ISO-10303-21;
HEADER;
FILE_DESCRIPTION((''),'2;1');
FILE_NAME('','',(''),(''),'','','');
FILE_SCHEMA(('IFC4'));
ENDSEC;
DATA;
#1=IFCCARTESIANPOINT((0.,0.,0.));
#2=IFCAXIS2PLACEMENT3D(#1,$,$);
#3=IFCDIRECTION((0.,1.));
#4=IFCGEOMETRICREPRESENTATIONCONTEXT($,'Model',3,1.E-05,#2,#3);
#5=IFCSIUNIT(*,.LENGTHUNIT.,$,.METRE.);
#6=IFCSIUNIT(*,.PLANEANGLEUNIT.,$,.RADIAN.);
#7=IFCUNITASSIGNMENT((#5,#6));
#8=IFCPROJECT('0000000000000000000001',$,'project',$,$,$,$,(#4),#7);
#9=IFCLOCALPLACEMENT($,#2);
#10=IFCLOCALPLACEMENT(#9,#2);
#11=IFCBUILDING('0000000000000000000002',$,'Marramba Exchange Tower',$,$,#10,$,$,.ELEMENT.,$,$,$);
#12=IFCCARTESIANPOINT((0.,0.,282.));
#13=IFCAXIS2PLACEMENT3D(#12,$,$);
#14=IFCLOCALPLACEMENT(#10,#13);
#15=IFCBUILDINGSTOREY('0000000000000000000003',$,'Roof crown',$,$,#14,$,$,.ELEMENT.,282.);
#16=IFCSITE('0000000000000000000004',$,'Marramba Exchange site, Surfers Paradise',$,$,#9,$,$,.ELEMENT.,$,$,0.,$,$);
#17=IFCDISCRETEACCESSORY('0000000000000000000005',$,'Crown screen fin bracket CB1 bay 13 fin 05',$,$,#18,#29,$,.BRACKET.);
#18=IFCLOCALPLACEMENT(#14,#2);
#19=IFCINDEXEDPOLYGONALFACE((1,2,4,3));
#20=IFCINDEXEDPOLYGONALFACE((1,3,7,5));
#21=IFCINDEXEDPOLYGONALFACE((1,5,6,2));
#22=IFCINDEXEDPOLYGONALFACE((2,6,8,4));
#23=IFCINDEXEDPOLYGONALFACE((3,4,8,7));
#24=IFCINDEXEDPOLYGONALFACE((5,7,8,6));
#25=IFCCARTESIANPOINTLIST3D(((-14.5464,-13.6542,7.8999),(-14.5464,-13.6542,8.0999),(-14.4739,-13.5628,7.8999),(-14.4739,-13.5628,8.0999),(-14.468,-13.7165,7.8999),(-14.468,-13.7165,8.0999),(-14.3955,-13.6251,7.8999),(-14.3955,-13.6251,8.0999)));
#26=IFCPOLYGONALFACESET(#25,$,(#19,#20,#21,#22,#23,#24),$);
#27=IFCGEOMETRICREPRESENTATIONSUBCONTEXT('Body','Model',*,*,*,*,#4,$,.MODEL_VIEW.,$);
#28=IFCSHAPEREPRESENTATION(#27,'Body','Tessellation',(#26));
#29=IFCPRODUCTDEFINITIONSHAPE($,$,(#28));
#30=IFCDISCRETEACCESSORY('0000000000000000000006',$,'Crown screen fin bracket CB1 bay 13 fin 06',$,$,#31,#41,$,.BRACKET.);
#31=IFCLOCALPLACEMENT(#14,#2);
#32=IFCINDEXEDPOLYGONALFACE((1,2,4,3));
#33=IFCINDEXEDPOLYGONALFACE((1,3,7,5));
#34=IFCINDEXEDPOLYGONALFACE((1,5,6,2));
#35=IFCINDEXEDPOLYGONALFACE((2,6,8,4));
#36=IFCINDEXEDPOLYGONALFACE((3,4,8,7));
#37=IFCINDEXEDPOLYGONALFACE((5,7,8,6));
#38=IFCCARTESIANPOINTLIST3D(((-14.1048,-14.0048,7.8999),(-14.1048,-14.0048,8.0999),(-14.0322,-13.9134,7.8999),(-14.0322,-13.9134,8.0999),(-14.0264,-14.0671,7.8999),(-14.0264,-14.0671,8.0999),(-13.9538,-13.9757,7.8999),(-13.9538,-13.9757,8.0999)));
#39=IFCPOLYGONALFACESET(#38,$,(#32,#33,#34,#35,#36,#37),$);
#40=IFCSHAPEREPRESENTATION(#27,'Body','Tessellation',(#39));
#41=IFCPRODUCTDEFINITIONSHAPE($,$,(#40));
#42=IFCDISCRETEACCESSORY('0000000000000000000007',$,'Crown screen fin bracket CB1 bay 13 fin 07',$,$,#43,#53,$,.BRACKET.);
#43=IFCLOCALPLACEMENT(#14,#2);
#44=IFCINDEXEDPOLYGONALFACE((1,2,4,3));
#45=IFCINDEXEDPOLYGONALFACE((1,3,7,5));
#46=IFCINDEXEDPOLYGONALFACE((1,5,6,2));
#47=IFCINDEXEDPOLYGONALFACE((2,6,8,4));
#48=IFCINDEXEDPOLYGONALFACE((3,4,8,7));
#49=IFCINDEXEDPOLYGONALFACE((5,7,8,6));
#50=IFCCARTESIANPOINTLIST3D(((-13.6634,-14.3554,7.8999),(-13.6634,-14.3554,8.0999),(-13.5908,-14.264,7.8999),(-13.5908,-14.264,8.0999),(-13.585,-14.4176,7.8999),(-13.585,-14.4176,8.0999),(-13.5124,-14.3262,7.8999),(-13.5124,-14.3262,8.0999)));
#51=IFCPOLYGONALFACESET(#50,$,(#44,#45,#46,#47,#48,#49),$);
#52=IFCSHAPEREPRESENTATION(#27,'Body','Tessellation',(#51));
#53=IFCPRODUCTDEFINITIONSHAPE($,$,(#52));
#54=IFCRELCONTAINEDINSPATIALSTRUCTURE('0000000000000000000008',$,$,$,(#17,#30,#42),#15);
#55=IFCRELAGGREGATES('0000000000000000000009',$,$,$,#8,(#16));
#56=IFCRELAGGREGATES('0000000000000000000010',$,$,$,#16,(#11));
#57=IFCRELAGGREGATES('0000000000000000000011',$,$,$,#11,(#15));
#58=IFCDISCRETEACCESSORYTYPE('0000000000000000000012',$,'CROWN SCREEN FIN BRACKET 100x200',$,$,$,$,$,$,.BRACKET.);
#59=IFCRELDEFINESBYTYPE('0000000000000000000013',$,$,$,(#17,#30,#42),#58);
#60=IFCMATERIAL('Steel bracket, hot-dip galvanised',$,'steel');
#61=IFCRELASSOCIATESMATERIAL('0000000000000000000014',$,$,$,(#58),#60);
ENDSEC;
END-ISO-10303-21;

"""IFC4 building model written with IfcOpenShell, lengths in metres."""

from ifc_helpers import new_model, si_unit, direction, frame, origin, origin_2d, place, context, subcontext, project, spatial, rectangle, extrude, material, type_object, element, save


model = new_model("IFC4")

# Units and contexts
model_context = context("Model", 3, precision=1e-05, world=origin(), true_north=direction((0.0, 1.0)))
body_context = subcontext(model_context, "Body", "Model", "MODEL_VIEW")
ifc_project = project(units=[si_unit("LENGTHUNIT", "METRE"), si_unit("PLANEANGLEUNIT", "RADIAN")], contexts=[model_context])

# Site, building, storey
site_placement = place(None, origin())
site = spatial("IfcSite", under=ifc_project, at=site_placement, Name="Marramba Exchange site, Surfers Paradise", CompositionType="ELEMENT", RefElevation=0.0)
building_placement = place(site_placement, origin())
building = spatial("IfcBuilding", under=site, at=building_placement, Name="Marramba Exchange Tower", CompositionType="ELEMENT")
storey_placement = place(building_placement, frame((0.0, 0.0, 282.0)))
storey = spatial("IfcBuildingStorey", under=building, at=storey_placement, Name="Roof crown", CompositionType="ELEMENT", Elevation=282.0)

# Discrete accessories
ifc_material_1 = material(Name="Steel bracket, hot-dip galvanised", Category="steel")
discrete_accessory_type_1 = type_object("IfcDiscreteAccessoryType", Name="CROWN SCREEN FIN BRACKET 100x200", PredefinedType="BRACKET", material=ifc_material_1)
for number, where, z_axis, x_axis, name in (
    (1, (-14.4709, -13.6396, 7.8999), (0.0, 0.0, 1.0), (0.78314, -0.621845, 0.0), "Crown screen fin bracket CB1 bay 13 fin 05"),
    (2, (-14.0293, -13.9902, 7.8999), (0.0, 0.0, 1.0), (0.78314, -0.621845, 0.0), "Crown screen fin bracket CB1 bay 13 fin 06"),
    (3, (-13.5879, -14.3408, 7.8999), (0.0, 0.0, 1.0), (0.78314, -0.621845, 0.0), "Crown screen fin bracket CB1 bay 13 fin 07"),
):
    element("IfcDiscreteAccessory", number, at=place(storey_placement, frame(where, z_axis=z_axis, x_axis=x_axis)), inside=storey, type_object=discrete_accessory_type_1, Name=name, PredefinedType="BRACKET", context=body_context, shape_type="SweptSolid", body=[
        extrude(rectangle(XDim=0.1001, YDim=0.1167, at=origin_2d()), origin(), (0.0, 0.0, 1.0), 0.2),
    ])

save(model, "model.ifc")
